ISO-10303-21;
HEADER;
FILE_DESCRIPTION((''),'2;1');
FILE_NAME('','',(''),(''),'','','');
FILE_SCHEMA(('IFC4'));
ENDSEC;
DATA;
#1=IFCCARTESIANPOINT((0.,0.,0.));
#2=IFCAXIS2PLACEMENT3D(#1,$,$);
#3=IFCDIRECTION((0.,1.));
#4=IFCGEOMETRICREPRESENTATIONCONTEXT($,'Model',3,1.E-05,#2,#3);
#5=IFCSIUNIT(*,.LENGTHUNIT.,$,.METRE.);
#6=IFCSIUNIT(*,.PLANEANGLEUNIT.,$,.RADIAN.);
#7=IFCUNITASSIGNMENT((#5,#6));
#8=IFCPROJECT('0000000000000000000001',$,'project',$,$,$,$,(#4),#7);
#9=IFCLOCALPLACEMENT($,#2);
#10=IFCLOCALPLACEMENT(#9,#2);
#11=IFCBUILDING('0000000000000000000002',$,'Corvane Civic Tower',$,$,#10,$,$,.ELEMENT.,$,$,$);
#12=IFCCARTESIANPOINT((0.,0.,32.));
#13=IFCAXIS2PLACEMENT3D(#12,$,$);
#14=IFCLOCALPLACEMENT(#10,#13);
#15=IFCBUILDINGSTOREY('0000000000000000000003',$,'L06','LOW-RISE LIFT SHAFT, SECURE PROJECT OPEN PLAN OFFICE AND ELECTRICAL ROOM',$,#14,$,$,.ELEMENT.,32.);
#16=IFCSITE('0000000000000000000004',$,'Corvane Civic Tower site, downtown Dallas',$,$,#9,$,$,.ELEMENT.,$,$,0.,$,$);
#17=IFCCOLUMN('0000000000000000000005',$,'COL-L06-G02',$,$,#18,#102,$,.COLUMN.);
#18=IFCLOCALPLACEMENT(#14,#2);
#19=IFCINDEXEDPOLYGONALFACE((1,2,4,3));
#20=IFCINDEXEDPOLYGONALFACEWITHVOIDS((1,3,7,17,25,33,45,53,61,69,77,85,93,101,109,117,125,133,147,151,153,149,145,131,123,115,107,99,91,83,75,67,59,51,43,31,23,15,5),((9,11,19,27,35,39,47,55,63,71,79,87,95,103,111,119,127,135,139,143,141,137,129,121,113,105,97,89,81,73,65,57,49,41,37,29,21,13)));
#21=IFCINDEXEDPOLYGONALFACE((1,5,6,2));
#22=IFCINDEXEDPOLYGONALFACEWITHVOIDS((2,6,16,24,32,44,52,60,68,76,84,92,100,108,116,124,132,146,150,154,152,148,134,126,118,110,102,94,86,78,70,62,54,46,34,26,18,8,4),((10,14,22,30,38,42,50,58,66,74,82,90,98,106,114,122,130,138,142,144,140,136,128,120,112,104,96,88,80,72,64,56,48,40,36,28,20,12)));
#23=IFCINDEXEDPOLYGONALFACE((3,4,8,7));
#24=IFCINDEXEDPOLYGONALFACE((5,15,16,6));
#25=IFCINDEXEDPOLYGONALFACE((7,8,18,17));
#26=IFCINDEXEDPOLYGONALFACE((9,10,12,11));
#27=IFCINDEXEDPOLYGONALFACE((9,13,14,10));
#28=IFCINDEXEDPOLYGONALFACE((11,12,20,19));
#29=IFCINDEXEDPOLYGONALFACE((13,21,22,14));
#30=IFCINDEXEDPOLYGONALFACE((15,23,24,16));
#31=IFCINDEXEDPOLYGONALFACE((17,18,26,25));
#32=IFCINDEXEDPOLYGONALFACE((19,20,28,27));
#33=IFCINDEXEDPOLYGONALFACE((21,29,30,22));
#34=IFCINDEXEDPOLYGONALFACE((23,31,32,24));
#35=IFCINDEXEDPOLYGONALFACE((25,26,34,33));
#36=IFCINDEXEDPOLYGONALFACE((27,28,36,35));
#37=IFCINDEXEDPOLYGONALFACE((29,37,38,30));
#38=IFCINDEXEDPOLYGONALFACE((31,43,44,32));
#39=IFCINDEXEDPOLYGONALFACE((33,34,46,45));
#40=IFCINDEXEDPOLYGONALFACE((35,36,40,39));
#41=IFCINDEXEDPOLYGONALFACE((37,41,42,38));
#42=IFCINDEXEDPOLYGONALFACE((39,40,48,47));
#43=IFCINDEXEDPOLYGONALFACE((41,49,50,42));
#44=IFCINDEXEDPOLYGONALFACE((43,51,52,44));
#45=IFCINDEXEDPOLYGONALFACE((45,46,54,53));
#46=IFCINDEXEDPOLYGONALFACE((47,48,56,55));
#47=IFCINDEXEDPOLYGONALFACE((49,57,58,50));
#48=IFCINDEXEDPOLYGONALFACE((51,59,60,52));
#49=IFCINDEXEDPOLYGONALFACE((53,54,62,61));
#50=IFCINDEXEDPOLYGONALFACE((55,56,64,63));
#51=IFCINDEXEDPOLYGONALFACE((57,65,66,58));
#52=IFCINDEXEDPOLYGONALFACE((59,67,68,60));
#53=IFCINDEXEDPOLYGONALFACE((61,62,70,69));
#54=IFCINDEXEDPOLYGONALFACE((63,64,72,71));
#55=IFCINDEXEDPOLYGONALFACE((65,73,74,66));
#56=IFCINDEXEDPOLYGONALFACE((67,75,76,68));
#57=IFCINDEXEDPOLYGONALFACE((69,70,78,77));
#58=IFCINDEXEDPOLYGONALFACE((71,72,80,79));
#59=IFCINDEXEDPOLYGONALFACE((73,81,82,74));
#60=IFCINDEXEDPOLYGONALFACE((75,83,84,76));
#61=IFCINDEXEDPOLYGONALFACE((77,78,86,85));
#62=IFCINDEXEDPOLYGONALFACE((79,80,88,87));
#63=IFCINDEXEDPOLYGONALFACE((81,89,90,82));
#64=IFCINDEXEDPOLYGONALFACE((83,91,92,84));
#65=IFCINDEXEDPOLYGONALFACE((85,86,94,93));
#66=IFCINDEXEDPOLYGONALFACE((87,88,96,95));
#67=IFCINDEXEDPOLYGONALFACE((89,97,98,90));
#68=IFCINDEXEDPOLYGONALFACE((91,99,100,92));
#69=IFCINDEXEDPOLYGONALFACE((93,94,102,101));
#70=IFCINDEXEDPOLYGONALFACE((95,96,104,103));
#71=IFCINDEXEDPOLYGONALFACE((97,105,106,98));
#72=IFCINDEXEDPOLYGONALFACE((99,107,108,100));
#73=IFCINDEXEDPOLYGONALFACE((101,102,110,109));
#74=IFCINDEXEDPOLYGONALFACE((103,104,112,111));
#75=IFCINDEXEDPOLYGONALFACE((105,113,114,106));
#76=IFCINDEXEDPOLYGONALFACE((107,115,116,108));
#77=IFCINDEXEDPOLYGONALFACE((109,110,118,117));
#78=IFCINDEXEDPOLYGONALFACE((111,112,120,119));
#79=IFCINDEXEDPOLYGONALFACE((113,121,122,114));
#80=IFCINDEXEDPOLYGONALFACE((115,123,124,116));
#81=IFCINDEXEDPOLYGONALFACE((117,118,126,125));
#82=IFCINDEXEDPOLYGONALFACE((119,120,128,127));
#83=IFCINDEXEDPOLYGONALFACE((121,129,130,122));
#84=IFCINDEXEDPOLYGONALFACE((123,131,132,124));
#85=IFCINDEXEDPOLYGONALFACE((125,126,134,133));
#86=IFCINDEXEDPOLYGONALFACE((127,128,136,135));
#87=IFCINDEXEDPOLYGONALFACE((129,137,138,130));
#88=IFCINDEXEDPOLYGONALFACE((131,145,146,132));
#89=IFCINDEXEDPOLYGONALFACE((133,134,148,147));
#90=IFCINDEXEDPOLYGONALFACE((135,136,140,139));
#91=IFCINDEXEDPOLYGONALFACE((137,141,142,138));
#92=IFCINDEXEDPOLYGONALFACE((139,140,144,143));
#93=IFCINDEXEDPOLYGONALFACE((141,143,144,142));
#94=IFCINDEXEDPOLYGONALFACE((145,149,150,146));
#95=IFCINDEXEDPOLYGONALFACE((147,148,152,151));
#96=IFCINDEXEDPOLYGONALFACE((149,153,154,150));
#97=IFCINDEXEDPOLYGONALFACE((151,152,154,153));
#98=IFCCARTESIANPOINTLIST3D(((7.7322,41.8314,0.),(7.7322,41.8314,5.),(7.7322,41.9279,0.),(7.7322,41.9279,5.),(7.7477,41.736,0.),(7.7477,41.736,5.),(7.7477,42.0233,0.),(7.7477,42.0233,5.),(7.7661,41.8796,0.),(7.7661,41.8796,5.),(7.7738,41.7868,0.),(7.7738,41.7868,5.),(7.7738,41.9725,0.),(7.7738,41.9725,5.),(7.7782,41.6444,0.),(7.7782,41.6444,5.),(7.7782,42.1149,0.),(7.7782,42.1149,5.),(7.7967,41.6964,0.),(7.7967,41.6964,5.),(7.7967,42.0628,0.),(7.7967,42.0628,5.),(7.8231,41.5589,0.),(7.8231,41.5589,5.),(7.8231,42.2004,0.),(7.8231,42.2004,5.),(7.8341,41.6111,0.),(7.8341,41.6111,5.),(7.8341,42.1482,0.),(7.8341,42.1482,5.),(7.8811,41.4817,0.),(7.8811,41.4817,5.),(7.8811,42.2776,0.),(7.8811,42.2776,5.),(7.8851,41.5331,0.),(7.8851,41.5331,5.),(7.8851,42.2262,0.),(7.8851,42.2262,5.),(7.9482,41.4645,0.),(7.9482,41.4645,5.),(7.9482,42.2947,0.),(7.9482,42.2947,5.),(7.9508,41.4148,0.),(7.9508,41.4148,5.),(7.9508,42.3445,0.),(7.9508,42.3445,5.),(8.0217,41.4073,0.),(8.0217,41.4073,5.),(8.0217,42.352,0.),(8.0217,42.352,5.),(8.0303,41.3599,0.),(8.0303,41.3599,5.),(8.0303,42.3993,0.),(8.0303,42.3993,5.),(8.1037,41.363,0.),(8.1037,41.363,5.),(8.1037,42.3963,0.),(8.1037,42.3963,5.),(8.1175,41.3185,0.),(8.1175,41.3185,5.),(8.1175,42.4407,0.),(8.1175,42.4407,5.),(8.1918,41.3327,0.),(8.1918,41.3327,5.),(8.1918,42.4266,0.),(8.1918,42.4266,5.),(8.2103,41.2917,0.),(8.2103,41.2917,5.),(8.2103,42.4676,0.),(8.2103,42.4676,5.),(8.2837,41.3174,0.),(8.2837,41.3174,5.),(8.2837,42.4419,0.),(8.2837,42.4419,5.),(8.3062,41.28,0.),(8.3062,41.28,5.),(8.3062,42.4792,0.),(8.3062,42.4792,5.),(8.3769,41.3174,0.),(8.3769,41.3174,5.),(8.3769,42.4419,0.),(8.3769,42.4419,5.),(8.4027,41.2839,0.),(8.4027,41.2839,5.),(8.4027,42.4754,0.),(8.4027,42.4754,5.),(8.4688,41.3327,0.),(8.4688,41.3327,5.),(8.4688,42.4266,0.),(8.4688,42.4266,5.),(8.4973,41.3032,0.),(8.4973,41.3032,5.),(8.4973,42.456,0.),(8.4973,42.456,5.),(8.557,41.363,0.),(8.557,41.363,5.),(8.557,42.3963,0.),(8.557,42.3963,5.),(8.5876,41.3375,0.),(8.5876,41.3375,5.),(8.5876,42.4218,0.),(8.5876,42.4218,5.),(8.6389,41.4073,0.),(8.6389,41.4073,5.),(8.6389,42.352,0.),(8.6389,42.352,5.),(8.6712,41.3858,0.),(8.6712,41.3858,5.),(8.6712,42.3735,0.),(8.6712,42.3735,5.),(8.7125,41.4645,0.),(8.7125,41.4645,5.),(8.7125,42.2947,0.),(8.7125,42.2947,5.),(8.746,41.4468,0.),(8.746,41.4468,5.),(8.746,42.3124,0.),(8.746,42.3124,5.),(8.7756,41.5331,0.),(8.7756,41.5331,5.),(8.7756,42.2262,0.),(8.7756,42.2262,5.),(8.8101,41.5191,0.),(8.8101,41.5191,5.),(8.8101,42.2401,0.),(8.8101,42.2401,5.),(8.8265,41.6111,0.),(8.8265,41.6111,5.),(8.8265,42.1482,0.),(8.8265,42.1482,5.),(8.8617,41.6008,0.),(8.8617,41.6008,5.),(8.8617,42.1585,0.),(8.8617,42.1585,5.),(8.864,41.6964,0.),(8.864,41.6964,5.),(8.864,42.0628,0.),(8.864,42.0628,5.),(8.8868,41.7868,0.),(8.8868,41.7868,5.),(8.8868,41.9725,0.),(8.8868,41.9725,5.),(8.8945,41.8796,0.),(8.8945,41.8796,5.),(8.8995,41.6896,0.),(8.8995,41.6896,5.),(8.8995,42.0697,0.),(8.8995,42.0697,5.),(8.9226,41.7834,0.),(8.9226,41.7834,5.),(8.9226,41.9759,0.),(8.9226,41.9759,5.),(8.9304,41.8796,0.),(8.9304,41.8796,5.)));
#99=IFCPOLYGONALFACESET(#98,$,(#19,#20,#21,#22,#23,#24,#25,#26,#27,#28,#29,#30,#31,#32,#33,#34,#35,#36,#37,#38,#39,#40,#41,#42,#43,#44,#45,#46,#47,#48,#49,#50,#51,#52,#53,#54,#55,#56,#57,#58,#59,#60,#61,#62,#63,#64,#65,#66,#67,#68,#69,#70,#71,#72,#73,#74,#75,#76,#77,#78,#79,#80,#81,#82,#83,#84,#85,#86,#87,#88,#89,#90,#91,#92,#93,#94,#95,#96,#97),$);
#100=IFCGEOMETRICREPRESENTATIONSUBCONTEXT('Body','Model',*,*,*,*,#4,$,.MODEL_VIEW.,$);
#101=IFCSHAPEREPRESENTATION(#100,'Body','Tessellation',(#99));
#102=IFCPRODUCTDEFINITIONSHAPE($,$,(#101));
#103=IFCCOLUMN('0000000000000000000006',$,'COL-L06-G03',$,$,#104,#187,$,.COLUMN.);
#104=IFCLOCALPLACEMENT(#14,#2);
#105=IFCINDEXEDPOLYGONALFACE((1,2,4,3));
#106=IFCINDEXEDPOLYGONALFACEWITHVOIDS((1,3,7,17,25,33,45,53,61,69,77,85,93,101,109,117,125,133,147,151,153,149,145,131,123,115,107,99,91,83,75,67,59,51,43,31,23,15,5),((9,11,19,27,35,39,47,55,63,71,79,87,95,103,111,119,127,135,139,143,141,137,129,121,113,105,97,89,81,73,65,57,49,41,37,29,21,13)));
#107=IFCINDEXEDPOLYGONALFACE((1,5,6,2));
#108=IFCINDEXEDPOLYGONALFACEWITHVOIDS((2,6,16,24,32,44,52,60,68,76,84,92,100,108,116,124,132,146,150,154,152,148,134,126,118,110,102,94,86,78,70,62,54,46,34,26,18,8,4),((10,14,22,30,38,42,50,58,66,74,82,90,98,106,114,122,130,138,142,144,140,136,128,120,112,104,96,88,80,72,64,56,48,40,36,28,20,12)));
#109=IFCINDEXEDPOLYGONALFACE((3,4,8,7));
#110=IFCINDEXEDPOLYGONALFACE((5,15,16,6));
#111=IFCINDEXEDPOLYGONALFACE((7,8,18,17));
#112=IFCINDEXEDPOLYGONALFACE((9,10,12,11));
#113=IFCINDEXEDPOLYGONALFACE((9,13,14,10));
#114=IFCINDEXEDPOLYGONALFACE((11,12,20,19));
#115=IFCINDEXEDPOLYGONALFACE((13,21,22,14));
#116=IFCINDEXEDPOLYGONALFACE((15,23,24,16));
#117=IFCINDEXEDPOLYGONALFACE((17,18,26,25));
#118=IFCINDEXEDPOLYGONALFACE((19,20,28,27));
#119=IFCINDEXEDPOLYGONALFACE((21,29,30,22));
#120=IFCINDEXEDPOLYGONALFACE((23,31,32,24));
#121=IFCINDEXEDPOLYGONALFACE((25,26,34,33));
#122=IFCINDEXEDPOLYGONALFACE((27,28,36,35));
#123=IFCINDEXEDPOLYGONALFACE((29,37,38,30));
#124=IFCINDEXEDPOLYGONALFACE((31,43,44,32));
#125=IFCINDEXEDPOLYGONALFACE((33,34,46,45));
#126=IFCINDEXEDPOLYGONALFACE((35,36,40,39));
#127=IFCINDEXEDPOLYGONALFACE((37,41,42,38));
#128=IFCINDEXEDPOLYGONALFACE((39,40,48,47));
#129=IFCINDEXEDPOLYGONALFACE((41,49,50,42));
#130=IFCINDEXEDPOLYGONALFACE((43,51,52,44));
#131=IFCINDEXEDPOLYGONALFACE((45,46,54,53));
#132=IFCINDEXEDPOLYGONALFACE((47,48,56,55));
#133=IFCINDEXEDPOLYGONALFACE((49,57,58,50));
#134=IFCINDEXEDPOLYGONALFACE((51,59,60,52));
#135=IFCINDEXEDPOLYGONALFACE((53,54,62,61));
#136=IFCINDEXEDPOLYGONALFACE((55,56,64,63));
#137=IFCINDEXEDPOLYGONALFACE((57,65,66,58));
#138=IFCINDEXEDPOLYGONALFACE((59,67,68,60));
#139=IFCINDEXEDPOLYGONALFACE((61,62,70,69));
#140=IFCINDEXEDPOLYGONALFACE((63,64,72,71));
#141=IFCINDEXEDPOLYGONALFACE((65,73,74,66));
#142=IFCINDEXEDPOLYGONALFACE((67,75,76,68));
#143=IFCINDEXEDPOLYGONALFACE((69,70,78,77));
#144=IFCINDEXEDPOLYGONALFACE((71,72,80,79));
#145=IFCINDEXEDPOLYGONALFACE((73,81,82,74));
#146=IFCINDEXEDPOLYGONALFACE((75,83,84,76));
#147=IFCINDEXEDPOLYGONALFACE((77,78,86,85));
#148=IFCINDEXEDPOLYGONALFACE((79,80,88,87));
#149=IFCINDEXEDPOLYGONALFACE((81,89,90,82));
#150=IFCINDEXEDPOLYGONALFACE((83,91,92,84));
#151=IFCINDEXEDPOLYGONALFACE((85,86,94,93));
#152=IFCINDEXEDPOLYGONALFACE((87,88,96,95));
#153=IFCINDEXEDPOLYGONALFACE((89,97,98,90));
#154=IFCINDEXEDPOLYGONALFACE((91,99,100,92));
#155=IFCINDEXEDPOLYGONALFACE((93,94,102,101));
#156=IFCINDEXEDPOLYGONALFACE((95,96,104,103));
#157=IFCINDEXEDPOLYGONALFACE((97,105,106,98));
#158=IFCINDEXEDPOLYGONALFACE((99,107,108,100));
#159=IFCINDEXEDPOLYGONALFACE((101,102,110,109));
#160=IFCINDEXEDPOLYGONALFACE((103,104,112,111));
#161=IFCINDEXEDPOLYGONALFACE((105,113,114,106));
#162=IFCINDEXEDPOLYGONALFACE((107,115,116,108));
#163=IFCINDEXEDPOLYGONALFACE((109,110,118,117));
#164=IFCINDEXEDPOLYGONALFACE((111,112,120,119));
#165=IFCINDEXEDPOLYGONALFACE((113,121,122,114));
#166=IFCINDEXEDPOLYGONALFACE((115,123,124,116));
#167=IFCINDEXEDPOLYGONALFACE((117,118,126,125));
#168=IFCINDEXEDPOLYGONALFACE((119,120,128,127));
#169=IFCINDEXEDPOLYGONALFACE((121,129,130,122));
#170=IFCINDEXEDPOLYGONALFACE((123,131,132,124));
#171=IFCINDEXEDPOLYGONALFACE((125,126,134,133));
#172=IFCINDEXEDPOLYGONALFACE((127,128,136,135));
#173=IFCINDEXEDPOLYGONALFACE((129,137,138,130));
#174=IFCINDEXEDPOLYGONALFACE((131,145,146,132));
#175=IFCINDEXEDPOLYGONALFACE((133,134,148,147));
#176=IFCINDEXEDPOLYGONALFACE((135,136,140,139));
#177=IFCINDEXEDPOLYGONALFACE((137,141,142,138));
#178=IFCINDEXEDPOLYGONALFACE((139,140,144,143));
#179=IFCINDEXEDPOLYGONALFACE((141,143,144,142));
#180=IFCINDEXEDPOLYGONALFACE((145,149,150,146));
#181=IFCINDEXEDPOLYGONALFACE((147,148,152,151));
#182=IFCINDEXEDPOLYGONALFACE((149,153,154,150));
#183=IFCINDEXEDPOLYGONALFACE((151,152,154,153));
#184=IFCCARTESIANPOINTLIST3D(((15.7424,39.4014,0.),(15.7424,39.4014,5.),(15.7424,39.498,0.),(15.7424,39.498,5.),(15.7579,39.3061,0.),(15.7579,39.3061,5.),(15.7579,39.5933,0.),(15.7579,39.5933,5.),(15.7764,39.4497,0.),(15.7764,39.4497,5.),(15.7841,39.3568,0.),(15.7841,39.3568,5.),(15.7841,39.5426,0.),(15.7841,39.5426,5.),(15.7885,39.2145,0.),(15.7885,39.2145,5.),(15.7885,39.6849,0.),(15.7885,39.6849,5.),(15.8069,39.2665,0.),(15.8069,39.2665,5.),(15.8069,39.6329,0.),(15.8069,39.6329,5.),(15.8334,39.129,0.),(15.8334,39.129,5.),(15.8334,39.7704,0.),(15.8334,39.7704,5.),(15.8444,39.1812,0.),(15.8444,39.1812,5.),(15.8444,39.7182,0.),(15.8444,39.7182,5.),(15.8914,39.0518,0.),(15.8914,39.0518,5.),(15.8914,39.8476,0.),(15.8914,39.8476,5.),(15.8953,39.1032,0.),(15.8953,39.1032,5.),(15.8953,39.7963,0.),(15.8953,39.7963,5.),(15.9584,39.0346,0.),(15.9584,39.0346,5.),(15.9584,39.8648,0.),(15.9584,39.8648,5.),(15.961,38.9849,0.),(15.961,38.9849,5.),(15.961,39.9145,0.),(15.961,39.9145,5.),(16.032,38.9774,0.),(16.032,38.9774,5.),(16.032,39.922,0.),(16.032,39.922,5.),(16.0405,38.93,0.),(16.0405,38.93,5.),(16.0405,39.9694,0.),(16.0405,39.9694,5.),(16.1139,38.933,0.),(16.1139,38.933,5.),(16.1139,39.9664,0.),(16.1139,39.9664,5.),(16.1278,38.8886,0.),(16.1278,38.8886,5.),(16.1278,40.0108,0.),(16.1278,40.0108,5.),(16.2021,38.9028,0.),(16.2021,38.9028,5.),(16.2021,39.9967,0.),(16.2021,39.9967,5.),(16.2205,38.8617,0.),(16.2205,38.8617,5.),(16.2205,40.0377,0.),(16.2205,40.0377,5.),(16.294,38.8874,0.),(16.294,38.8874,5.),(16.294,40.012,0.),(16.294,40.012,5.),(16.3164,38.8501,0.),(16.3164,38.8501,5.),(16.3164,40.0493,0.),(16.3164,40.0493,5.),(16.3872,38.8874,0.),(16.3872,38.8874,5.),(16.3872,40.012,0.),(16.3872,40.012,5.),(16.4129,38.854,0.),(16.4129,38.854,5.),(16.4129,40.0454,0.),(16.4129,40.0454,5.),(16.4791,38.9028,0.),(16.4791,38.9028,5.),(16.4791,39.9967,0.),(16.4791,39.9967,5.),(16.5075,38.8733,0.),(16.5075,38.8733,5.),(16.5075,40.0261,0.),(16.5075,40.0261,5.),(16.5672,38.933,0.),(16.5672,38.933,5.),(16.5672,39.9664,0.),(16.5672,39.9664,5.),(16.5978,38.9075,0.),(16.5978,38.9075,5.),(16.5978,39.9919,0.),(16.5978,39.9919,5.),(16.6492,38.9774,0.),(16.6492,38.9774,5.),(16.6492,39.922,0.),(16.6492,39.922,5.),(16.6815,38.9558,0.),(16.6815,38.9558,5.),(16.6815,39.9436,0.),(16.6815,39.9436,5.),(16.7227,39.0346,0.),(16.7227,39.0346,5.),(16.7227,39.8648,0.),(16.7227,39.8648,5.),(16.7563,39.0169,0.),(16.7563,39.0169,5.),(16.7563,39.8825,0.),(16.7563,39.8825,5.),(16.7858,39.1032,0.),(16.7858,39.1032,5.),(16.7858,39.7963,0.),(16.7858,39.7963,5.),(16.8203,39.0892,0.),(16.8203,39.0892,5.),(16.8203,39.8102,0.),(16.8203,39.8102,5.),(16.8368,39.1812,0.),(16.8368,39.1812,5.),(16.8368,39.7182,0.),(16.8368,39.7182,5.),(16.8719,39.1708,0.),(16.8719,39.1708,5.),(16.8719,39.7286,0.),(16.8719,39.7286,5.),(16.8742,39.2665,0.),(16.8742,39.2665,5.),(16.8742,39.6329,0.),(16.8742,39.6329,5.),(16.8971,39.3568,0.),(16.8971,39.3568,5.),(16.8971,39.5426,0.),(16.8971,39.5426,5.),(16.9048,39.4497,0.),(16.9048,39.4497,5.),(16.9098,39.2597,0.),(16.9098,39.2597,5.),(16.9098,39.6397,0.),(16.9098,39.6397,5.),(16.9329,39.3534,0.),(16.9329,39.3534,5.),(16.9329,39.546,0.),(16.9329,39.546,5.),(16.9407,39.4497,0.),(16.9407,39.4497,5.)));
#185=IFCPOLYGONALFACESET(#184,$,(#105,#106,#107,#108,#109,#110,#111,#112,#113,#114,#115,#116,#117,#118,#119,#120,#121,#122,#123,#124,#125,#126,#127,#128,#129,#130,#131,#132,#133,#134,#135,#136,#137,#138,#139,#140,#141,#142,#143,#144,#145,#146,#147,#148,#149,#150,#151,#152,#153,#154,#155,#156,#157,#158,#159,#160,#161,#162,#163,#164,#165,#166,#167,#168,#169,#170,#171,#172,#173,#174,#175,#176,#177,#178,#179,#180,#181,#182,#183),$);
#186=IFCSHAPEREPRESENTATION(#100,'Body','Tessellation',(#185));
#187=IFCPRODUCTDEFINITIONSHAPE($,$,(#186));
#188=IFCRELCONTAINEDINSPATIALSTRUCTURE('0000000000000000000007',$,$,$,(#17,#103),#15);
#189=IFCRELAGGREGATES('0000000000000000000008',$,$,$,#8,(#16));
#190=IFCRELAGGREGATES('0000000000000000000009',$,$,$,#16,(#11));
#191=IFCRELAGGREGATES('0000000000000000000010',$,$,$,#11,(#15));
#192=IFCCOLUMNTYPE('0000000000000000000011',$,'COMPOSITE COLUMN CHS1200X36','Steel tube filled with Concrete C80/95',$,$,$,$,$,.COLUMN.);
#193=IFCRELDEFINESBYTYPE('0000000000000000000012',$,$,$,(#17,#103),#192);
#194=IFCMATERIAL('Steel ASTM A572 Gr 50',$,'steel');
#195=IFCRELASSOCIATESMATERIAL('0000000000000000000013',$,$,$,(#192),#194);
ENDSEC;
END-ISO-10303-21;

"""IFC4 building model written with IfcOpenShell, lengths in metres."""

from ifc_helpers import new_model, si_unit, direction, frame, origin, origin_2d, place, context, subcontext, project, spatial, hollow_circle, extrude, material, material_profile, profile_set, type_object, element, save


model = new_model("IFC4")

# Units and contexts
model_context = context("Model", 3, precision=1e-05, world=origin(), true_north=direction((0.0, 1.0)))
body_context = subcontext(model_context, "Body", "Model", "MODEL_VIEW")
ifc_project = project(units=[si_unit("LENGTHUNIT", "METRE"), si_unit("PLANEANGLEUNIT", "RADIAN")], contexts=[model_context])

# Site, building, storey
site_placement = place(None, origin())
site = spatial("IfcSite", under=ifc_project, at=site_placement, Name="Corvane Civic Tower site, downtown Dallas", CompositionType="ELEMENT", RefElevation=0.0)
building_placement = place(site_placement, origin())
building = spatial("IfcBuilding", under=site, at=building_placement, Name="Corvane Civic Tower", CompositionType="ELEMENT")
storey_placement = place(building_placement, frame((0.0, 0.0, 32.0)))
storey = spatial("IfcBuildingStorey", under=building, at=storey_placement, Name="L06", Description="LOW-RISE LIFT SHAFT, SECURE PROJECT OPEN PLAN OFFICE AND ELECTRICAL ROOM", CompositionType="ELEMENT", Elevation=32.0)

# Columns
ifc_material_1 = material(Name="Steel ASTM A572 Gr 50", Category="steel")
ifc_material_profile_1 = material_profile(ifc_material_1, hollow_circle(Radius=0.6001, WallThickness=0.0359, at=origin_2d()), Name="CHS1200X36")
ifc_profile_set_1 = profile_set([ifc_material_profile_1], Name="Steel ASTM A572 Gr 50")
column_type_1 = type_object("IfcColumnType", Name="COMPOSITE COLUMN CHS1200X36", Description="Steel tube filled with Concrete C80/95", PredefinedType="COLUMN", material=ifc_profile_set_1)
for number, where, z_axis, x_axis, name in (
    (1, (8.3303, 41.8796, 0.0), (0.0, 0.0, 1.0), (1.0, 0.0, 0.0), "COL-L06-G02"),
    (2, (16.3406, 39.4497, 0.0), (0.0, 0.0, 1.0), (1.0, 0.0, 0.0), "COL-L06-G03"),
):
    element("IfcColumn", number, at=place(storey_placement, frame(where, z_axis=z_axis, x_axis=x_axis)), inside=storey, type_object=column_type_1, Name=name, PredefinedType="COLUMN", context=body_context, shape_type="SweptSolid", body=[
        extrude(hollow_circle(Radius=0.6001, WallThickness=0.0359, at=origin_2d()), origin(), (0.0, 0.0, 1.0), 5.0),
    ])

save(model, "model.ifc")
